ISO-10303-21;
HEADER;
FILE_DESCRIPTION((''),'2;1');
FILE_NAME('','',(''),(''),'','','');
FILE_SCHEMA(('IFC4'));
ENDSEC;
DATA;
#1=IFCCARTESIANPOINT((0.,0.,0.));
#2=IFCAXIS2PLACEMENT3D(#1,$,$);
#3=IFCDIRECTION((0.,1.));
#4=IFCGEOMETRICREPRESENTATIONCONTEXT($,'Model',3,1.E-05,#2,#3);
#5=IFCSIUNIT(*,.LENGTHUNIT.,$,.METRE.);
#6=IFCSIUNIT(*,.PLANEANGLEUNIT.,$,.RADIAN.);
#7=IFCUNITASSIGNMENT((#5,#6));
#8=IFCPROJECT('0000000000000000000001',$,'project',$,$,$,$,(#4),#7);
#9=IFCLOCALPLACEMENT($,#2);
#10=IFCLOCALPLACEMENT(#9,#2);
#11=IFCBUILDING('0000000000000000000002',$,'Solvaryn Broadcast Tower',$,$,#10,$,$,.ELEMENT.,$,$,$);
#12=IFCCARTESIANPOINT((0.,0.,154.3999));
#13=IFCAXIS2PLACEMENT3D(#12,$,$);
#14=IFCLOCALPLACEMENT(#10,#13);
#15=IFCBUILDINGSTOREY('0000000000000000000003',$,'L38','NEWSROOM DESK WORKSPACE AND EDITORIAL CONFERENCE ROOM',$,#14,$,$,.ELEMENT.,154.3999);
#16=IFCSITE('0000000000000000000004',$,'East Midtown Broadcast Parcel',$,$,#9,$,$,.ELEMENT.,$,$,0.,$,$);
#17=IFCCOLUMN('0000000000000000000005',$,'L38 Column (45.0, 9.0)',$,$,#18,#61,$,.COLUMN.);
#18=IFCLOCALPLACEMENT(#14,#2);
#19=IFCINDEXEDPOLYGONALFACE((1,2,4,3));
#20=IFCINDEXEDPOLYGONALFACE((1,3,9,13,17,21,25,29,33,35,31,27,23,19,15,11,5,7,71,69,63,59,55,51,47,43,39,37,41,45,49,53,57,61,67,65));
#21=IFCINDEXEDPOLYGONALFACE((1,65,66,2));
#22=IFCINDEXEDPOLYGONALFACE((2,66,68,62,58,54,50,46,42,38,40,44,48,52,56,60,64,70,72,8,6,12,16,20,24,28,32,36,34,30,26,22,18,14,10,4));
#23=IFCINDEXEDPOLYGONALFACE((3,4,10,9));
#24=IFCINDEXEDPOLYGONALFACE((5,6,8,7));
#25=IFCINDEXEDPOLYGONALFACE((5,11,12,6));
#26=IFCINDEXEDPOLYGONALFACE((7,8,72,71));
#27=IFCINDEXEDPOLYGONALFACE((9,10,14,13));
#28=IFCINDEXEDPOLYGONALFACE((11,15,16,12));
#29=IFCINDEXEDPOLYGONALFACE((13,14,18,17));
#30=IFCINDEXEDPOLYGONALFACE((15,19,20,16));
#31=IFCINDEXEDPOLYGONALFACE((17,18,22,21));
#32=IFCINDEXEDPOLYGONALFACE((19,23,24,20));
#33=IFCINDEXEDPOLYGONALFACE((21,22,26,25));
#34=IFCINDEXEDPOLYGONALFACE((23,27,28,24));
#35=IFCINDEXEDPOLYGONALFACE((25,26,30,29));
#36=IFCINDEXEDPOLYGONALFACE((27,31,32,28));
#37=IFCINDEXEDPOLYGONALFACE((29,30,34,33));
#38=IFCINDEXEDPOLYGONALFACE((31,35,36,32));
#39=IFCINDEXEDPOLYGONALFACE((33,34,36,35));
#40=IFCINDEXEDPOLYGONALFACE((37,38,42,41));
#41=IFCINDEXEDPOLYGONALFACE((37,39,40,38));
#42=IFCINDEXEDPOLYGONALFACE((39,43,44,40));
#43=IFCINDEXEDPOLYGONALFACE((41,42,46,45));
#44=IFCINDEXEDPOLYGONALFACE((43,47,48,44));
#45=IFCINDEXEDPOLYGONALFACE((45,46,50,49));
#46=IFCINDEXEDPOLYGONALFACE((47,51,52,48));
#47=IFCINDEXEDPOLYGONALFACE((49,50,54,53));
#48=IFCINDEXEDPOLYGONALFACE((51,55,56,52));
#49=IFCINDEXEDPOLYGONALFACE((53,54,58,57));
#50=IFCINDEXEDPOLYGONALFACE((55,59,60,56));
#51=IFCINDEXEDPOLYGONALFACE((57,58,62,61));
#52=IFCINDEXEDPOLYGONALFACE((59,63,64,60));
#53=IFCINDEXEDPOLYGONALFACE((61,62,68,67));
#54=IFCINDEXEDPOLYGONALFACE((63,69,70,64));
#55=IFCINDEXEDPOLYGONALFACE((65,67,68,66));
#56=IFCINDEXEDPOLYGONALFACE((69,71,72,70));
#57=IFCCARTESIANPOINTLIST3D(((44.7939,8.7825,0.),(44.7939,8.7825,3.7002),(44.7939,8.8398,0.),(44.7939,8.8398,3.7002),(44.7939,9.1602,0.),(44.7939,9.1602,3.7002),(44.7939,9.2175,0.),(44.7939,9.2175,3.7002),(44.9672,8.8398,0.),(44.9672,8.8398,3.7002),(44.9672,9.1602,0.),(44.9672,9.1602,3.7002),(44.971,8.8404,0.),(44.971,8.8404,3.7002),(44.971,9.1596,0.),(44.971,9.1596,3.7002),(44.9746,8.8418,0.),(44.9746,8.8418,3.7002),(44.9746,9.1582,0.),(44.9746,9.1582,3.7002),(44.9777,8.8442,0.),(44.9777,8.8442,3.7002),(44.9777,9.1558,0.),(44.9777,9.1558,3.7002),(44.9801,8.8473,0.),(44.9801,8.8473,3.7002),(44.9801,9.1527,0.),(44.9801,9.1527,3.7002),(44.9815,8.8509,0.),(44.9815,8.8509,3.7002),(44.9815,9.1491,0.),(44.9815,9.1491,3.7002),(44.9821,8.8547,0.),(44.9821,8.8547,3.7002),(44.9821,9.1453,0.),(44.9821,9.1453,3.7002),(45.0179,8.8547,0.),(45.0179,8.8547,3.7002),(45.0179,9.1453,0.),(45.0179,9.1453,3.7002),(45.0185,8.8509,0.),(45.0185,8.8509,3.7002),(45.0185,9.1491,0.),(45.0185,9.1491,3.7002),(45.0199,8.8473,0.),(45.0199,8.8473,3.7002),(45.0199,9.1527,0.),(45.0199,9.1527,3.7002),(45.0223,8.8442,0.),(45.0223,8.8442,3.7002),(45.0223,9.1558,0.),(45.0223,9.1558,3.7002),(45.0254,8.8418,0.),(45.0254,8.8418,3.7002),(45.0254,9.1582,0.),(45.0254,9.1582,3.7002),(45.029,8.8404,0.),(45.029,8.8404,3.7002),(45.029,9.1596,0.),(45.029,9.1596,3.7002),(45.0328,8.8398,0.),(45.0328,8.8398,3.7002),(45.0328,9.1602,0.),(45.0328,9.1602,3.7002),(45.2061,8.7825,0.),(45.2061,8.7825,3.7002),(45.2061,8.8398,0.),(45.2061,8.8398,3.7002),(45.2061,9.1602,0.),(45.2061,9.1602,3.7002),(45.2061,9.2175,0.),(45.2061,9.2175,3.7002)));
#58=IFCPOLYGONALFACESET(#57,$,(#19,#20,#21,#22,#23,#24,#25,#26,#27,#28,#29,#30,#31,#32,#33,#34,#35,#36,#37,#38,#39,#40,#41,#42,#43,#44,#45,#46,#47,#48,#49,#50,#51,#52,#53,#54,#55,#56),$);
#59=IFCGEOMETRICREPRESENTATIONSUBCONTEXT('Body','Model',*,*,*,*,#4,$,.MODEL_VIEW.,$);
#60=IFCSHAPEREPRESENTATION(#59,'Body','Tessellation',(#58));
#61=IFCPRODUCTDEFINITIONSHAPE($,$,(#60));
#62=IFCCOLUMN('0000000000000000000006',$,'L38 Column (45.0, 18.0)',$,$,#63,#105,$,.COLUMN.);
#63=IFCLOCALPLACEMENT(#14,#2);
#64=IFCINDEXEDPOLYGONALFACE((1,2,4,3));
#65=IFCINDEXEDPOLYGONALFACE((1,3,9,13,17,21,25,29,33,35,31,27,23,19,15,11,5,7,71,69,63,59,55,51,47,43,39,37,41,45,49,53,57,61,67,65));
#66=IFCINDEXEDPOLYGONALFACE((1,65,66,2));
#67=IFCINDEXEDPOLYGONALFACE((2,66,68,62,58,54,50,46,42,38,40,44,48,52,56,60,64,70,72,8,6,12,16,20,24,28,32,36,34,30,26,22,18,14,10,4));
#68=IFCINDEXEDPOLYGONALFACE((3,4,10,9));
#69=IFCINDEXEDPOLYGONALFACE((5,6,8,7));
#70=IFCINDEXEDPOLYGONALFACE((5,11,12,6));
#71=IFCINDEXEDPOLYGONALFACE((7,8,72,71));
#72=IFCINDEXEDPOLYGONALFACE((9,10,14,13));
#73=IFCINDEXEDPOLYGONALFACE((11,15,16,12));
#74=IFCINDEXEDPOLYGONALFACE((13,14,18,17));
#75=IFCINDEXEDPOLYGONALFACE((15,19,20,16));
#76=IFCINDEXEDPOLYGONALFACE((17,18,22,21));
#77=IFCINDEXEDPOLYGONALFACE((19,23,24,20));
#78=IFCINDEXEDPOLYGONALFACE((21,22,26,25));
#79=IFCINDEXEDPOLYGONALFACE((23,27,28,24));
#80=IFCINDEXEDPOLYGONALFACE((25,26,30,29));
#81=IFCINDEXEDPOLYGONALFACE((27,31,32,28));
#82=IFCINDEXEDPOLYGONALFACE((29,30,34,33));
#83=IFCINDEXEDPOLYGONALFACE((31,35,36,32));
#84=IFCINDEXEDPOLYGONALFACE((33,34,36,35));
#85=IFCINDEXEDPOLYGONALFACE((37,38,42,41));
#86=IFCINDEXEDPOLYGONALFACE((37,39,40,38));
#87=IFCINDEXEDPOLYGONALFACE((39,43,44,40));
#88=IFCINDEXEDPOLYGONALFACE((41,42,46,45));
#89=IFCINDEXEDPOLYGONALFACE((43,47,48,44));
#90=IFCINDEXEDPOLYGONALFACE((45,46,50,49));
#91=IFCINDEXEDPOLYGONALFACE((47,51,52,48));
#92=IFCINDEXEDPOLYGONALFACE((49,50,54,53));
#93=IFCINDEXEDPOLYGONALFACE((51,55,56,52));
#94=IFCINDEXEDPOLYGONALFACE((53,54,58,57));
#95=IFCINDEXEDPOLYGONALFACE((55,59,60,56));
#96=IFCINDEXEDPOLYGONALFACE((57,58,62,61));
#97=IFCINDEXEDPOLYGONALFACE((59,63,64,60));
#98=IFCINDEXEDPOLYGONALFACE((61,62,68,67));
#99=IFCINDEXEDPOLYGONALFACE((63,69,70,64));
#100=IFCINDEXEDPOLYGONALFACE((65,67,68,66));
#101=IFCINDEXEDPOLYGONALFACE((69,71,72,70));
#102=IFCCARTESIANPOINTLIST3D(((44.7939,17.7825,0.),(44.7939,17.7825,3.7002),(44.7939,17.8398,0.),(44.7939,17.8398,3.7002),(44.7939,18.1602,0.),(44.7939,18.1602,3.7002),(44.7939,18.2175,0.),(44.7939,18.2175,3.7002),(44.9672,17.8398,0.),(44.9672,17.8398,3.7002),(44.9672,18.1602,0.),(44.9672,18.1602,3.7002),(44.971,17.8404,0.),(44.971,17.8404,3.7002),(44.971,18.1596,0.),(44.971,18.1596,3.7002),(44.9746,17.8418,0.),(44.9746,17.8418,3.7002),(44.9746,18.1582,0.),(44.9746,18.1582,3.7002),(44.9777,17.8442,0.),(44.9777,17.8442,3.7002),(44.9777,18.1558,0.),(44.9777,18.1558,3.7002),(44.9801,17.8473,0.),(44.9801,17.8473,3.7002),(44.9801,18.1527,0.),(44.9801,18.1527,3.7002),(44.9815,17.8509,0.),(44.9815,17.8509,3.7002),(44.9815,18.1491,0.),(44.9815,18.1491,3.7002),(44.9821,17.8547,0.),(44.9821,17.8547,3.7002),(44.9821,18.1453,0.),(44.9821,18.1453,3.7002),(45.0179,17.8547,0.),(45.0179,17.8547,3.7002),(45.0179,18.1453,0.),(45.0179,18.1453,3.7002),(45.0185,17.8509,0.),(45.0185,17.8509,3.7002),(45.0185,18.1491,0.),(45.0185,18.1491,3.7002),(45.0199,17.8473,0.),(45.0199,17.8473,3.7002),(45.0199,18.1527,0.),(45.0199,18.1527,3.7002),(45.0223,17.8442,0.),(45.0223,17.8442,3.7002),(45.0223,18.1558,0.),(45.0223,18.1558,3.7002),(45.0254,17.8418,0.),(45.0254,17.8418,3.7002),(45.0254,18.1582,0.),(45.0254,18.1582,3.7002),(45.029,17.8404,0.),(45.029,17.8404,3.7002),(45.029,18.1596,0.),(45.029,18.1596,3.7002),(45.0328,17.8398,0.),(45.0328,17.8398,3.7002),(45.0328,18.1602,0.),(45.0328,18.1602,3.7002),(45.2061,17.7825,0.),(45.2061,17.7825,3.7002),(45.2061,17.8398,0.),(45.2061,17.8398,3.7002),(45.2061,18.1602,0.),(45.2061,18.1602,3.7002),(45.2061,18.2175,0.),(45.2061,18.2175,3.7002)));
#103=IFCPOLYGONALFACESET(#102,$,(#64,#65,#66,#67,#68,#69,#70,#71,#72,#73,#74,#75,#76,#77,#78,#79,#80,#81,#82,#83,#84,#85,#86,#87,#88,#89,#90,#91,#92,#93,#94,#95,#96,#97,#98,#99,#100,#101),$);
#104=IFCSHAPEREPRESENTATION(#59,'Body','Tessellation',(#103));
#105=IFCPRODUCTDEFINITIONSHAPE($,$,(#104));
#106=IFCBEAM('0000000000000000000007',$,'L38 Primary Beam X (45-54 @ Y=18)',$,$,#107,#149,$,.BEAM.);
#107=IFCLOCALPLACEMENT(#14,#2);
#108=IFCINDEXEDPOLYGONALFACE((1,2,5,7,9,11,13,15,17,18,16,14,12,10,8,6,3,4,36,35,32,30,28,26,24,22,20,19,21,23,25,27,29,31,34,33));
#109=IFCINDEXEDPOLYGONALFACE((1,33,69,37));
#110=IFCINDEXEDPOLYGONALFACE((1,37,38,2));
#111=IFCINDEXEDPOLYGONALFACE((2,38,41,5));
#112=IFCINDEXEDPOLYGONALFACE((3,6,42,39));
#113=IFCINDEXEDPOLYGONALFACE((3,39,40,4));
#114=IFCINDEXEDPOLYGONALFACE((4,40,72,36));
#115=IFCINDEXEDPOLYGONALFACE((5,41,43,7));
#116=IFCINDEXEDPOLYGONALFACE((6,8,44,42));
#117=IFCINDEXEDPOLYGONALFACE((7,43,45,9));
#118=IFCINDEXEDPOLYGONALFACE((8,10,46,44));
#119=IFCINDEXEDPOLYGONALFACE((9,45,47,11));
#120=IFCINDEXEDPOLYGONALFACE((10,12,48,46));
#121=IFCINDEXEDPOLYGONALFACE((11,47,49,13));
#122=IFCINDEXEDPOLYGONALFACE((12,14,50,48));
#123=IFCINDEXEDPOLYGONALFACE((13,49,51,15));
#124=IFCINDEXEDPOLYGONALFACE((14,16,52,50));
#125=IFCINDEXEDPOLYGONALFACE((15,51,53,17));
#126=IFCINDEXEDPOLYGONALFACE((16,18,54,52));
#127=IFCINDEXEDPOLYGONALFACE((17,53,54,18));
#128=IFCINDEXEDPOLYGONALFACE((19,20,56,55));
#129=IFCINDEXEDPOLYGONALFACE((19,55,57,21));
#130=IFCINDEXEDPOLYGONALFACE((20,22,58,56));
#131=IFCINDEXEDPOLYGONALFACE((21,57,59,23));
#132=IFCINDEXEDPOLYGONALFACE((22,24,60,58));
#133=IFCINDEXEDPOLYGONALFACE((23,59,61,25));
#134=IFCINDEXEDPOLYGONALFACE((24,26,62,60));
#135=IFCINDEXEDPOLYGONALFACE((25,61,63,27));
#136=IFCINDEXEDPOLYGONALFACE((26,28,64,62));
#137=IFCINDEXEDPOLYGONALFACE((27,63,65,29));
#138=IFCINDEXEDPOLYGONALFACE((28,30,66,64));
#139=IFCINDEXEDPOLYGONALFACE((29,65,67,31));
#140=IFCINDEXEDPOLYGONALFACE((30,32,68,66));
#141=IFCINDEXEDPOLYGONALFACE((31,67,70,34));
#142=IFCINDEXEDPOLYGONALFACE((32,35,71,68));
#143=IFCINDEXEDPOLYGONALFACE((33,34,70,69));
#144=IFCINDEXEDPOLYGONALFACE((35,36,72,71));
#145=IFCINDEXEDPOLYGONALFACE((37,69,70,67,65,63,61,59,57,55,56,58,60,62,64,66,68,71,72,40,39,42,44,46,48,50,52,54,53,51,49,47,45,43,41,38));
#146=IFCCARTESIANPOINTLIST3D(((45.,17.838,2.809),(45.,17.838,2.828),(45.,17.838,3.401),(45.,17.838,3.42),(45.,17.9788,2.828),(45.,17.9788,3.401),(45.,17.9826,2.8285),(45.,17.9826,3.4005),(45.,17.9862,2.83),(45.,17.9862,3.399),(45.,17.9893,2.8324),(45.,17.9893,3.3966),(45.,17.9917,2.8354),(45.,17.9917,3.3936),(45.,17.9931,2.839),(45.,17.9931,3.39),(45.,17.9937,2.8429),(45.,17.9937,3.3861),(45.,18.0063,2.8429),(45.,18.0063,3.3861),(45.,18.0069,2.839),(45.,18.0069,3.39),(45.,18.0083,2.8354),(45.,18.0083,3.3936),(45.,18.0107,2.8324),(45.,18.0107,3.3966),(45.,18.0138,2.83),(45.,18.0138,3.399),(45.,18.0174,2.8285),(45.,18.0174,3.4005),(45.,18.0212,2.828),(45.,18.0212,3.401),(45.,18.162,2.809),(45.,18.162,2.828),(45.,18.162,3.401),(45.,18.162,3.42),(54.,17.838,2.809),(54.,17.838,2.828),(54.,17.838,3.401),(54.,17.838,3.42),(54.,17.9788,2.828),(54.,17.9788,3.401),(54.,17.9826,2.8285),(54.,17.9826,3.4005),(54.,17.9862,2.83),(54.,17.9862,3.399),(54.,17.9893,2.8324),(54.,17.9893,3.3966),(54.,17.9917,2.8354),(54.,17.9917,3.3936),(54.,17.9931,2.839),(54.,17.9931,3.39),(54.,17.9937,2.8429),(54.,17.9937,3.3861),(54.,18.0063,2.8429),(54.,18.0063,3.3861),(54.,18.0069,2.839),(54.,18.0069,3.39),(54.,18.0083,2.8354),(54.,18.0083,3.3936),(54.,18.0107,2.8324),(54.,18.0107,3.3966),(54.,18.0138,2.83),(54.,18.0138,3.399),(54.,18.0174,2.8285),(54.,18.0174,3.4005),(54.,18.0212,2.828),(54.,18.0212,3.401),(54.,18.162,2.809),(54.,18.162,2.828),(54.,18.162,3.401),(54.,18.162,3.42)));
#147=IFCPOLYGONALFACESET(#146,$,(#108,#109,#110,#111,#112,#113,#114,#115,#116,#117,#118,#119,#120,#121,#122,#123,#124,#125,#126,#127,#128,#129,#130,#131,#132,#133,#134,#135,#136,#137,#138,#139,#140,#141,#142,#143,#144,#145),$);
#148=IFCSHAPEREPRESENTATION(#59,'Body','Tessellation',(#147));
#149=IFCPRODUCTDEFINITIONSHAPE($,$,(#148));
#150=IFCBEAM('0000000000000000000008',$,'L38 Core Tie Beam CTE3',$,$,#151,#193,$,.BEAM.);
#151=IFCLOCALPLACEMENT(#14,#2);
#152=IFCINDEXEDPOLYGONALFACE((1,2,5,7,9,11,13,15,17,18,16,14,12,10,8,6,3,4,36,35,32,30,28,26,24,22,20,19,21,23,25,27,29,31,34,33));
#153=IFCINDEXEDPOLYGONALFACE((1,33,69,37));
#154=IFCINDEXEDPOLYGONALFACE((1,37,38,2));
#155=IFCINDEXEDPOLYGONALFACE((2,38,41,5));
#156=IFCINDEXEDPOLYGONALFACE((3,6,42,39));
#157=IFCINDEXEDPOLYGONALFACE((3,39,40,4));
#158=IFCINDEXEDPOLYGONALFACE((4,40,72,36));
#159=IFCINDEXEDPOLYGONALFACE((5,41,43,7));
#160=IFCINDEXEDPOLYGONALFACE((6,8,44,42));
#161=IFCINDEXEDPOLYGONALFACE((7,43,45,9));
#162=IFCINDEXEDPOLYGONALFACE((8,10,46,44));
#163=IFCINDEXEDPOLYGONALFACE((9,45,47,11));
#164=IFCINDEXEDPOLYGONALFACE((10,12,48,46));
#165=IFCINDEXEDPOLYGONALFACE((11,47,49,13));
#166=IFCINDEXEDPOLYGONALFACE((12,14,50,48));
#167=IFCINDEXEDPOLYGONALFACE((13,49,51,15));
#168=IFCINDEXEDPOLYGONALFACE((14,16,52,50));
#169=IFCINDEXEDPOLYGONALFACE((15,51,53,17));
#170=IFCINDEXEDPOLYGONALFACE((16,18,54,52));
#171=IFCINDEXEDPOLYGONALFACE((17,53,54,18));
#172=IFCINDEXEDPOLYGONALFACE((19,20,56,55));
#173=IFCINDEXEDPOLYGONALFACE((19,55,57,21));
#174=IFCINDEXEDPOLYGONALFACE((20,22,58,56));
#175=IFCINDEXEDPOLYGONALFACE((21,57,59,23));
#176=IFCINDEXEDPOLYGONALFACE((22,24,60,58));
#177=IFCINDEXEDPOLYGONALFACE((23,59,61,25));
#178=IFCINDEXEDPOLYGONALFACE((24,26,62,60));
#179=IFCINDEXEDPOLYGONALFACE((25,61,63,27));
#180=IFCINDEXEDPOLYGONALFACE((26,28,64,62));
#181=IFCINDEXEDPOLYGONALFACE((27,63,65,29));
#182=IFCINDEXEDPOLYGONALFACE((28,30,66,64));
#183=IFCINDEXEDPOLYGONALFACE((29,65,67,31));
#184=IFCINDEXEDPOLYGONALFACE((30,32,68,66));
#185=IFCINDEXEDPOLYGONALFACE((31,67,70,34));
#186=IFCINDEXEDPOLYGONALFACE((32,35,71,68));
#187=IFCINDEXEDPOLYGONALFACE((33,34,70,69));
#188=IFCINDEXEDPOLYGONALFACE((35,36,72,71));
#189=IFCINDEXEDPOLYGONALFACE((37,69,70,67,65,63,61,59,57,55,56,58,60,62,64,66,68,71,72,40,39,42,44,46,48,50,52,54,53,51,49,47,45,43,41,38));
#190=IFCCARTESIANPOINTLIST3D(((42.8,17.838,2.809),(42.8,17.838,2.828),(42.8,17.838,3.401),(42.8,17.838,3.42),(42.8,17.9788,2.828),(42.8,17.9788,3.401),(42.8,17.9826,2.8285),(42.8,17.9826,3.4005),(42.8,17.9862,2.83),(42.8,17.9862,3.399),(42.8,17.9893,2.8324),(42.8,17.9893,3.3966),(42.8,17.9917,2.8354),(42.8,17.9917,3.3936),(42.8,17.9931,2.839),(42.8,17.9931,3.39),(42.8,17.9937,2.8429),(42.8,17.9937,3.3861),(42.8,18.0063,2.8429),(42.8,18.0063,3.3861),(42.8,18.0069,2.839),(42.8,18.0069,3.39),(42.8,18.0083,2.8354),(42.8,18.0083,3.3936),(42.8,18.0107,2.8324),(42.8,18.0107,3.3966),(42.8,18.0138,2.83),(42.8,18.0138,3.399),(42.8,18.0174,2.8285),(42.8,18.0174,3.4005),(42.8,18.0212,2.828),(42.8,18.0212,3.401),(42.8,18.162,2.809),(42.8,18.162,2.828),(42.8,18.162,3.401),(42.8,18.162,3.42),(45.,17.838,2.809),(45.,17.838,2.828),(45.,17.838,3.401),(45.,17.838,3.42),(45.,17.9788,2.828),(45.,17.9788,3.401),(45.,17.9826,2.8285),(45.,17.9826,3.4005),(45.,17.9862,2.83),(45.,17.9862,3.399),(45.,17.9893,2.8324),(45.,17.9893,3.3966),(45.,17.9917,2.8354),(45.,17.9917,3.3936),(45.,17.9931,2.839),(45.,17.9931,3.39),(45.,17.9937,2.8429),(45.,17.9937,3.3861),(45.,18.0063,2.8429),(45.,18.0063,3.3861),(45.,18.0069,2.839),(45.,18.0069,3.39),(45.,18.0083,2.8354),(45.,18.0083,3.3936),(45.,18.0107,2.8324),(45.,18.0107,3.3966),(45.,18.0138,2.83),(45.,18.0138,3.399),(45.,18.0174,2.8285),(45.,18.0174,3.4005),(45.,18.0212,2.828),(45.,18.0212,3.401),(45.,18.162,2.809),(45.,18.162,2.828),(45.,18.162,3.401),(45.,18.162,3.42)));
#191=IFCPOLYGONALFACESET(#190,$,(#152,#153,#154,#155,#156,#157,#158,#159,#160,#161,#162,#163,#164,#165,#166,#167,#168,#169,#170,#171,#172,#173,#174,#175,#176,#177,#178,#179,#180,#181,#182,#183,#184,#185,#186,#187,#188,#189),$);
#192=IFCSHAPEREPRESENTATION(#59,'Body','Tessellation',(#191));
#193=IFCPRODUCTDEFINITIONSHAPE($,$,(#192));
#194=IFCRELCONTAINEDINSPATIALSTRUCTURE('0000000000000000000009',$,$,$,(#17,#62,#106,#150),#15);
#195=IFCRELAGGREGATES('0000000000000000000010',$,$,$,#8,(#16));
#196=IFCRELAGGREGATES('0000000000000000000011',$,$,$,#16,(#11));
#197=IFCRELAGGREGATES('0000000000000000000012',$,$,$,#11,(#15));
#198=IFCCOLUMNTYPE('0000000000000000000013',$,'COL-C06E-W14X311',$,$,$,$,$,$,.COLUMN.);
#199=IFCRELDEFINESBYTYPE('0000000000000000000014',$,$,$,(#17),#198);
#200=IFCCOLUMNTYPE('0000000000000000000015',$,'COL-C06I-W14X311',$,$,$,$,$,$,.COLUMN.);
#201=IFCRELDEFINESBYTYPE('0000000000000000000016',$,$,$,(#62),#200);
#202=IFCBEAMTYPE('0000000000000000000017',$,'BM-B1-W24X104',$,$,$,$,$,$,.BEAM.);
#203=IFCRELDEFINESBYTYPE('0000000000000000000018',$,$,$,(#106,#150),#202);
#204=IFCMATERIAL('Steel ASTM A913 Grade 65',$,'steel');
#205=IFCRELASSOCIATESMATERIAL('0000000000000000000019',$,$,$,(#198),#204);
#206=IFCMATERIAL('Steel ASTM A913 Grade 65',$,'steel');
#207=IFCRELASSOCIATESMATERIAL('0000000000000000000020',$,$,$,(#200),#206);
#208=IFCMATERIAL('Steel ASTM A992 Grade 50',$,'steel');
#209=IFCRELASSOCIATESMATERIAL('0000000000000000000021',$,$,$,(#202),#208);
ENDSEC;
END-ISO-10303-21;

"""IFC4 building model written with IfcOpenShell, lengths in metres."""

from ifc_helpers import new_model, si_unit, direction, frame, origin, origin_2d, place, context, subcontext, project, spatial, i_section, extrude, material, material_profile, profile_set, type_object, element, save


model = new_model("IFC4")

# Units and contexts
model_context = context("Model", 3, precision=1e-05, world=origin(), true_north=direction((0.0, 1.0)))
body_context = subcontext(model_context, "Body", "Model", "MODEL_VIEW")
ifc_project = project(units=[si_unit("LENGTHUNIT", "METRE"), si_unit("PLANEANGLEUNIT", "RADIAN")], contexts=[model_context])

# Site, building, storey
site_placement = place(None, origin())
site = spatial("IfcSite", under=ifc_project, at=site_placement, Name="East Midtown Broadcast Parcel", CompositionType="ELEMENT", RefElevation=0.0)
building_placement = place(site_placement, origin())
building = spatial("IfcBuilding", under=site, at=building_placement, Name="Solvaryn Broadcast Tower", CompositionType="ELEMENT")
storey_placement = place(building_placement, frame((0.0, 0.0, 154.3999)))
storey = spatial("IfcBuildingStorey", under=building, at=storey_placement, Name="L38", Description="NEWSROOM DESK WORKSPACE AND EDITORIAL CONFERENCE ROOM", CompositionType="ELEMENT", Elevation=154.3999)

# Columns
ifc_material_1 = material(Name="Steel ASTM A913 Grade 65", Category="steel")
ifc_material_profile_1 = material_profile(ifc_material_1, i_section(OverallWidth=0.4121, OverallDepth=0.4351, WebThickness=0.0359, FlangeThickness=0.0574, FilletRadius=0.0149, at=origin_2d()))
ifc_profile_set_1 = profile_set([ifc_material_profile_1], Name="Steel ASTM A913 Grade 65")
column_type_1 = type_object("IfcColumnType", Name="COL-C06E-W14X311", PredefinedType="COLUMN", material=ifc_profile_set_1)
column_1_placement = place(storey_placement, frame((45.0, 9.0, 0.0), z_axis=(0.0, 0.0, 1.0), x_axis=(1.0, 0.0, 0.0)))
element("IfcColumn", 1, at=column_1_placement, inside=storey, type_object=column_type_1, Name="L38 Column (45.0, 9.0)", PredefinedType="COLUMN", context=body_context, shape_type="SweptSolid", body=[
    extrude(i_section(OverallWidth=0.4121, OverallDepth=0.4351, WebThickness=0.0359, FlangeThickness=0.0574, FilletRadius=0.0149, at=origin_2d()), origin(), (0.0, 0.0, 1.0), 3.7002),
])
ifc_material_2 = material(Name="Steel ASTM A913 Grade 65", Category="steel")
ifc_material_profile_2 = material_profile(ifc_material_2, i_section(OverallWidth=0.4121, OverallDepth=0.4351, WebThickness=0.0359, FlangeThickness=0.0574, FilletRadius=0.0149, at=origin_2d()))
ifc_profile_set_2 = profile_set([ifc_material_profile_2], Name="Steel ASTM A913 Grade 65")
column_type_2 = type_object("IfcColumnType", Name="COL-C06I-W14X311", PredefinedType="COLUMN", material=ifc_profile_set_2)
column_2_placement = place(storey_placement, frame((45.0, 18.0, 0.0), z_axis=(0.0, 0.0, 1.0), x_axis=(1.0, 0.0, 0.0)))
element("IfcColumn", 2, at=column_2_placement, inside=storey, type_object=column_type_2, Name="L38 Column (45.0, 18.0)", PredefinedType="COLUMN", context=body_context, shape_type="SweptSolid", body=[
    extrude(i_section(OverallWidth=0.4121, OverallDepth=0.4351, WebThickness=0.0359, FlangeThickness=0.0574, FilletRadius=0.0149, at=origin_2d()), origin(), (0.0, 0.0, 1.0), 3.7002),
])

# Beams
ifc_material_3 = material(Name="Steel ASTM A992 Grade 50", Category="steel")
ifc_material_profile_3 = material_profile(ifc_material_3, i_section(OverallWidth=0.324, OverallDepth=0.6111, WebThickness=0.0127, FlangeThickness=0.019, FilletRadius=0.0149, at=origin_2d()))
ifc_profile_set_3 = profile_set([ifc_material_profile_3], Name="Steel ASTM A992 Grade 50")
beam_type = type_object("IfcBeamType", Name="BM-B1-W24X104", PredefinedType="BEAM", material=ifc_profile_set_3)
beam_1_placement = place(storey_placement, frame((45.0, 18.0, 3.1145), z_axis=(1.0, 0.0, 0.0), x_axis=(0.0, 1.0, 0.0)))
element("IfcBeam", 3, at=beam_1_placement, inside=storey, type_object=beam_type, Name="L38 Primary Beam X (45-54 @ Y=18)", PredefinedType="BEAM", context=body_context, shape_type="SweptSolid", body=[
    extrude(i_section(OverallWidth=0.324, OverallDepth=0.6111, WebThickness=0.0127, FlangeThickness=0.019, FilletRadius=0.0149, at=origin_2d()), origin(), (0.0, 0.0, 1.0), 9.0),
])
beam_2_placement = place(storey_placement, frame((42.8, 18.0, 3.1145), z_axis=(1.0, 0.0, 0.0), x_axis=(0.0, 1.0, 0.0)))
element("IfcBeam", 4, at=beam_2_placement, inside=storey, type_object=beam_type, Name="L38 Core Tie Beam CTE3", PredefinedType="BEAM", context=body_context, shape_type="SweptSolid", body=[
    extrude(i_section(OverallWidth=0.324, OverallDepth=0.6111, WebThickness=0.0127, FlangeThickness=0.019, FilletRadius=0.0149, at=origin_2d()), origin(), (0.0, 0.0, 1.0), 2.2),
])

save(model, "model.ifc")
